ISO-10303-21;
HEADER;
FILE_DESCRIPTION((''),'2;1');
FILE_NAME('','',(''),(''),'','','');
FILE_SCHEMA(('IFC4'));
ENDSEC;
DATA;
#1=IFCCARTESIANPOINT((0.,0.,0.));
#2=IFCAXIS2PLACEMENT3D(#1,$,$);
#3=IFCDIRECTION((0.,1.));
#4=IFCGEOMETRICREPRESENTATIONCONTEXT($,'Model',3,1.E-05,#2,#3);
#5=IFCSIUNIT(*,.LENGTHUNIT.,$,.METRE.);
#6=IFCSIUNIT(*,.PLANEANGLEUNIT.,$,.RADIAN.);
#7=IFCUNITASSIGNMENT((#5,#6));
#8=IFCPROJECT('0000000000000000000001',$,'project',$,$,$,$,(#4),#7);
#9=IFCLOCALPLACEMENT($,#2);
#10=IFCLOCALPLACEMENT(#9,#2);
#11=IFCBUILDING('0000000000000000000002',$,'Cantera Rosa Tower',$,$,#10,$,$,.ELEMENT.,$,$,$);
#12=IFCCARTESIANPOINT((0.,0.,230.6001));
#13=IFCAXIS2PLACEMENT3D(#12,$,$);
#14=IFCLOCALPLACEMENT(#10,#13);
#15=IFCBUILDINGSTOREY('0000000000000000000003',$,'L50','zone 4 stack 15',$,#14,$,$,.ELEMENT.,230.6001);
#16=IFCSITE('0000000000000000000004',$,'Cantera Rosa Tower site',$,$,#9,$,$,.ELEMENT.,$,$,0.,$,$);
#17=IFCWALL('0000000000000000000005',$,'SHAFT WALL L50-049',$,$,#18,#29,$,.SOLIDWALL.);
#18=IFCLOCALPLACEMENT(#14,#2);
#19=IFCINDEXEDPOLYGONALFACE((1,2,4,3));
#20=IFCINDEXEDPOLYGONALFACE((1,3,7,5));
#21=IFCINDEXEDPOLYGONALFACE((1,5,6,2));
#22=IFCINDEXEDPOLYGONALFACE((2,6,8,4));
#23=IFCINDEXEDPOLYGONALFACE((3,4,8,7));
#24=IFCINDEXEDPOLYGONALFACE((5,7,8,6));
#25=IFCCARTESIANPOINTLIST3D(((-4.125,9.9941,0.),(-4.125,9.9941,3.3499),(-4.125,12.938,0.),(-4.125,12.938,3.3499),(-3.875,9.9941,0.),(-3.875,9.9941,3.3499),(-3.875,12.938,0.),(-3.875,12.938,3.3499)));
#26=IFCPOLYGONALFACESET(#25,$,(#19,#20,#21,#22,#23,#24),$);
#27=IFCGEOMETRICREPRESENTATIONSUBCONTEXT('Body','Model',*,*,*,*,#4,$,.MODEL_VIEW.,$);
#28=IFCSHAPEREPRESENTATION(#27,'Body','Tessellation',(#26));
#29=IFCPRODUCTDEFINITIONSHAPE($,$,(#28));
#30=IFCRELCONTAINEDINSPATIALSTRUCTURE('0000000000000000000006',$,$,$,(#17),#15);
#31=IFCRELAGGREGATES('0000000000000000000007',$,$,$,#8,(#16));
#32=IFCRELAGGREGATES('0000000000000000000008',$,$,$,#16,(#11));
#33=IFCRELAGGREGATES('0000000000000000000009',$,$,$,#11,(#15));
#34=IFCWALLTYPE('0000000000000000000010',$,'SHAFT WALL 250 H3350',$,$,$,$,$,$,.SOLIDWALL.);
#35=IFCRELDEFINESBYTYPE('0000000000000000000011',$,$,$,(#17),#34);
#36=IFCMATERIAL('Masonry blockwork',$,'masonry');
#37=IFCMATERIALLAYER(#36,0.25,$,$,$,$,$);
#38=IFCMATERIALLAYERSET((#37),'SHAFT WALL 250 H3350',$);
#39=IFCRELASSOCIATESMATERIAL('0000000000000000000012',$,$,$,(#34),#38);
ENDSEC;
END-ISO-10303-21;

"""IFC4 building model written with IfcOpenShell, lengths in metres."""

from ifc_helpers import new_model, si_unit, direction, frame, frame_2d, origin, place, context, subcontext, project, spatial, rectangle, extrude, material, layer, layer_set, type_object, element, save


model = new_model("IFC4")

# Units and contexts
model_context = context("Model", 3, precision=1e-05, world=origin(), true_north=direction((0.0, 1.0)))
body_context = subcontext(model_context, "Body", "Model", "MODEL_VIEW")
ifc_project = project(units=[si_unit("LENGTHUNIT", "METRE"), si_unit("PLANEANGLEUNIT", "RADIAN")], contexts=[model_context])

# Site, building, storey
site_placement = place(None, origin())
site = spatial("IfcSite", under=ifc_project, at=site_placement, Name="Cantera Rosa Tower site", CompositionType="ELEMENT", RefElevation=0.0)
building_placement = place(site_placement, origin())
building = spatial("IfcBuilding", under=site, at=building_placement, Name="Cantera Rosa Tower", CompositionType="ELEMENT")
storey_placement = place(building_placement, frame((0.0, 0.0, 230.6001)))
storey = spatial("IfcBuildingStorey", under=building, at=storey_placement, Name="L50", Description="zone 4 stack 15", CompositionType="ELEMENT", Elevation=230.6001)

# Shared definitions
ifc_material_1 = material(Name="Masonry blockwork", Category="masonry")
ifc_layer_1 = layer(ifc_material_1, 0.25)
ifc_layer_set_1 = layer_set([ifc_layer_1], Name="SHAFT WALL 250 H3350")
wall_type_1 = type_object("IfcWallType", Name="SHAFT WALL 250 H3350", PredefinedType="SOLIDWALL", material=ifc_layer_set_1)

# Wall
wall_1_placement = place(storey_placement, frame((-4.0, 12.938, 0.0), z_axis=(0.0, 0.0, 1.0), x_axis=(0.0, -1.0, 0.0)))
element("IfcWall", 1, at=wall_1_placement, inside=storey, type_object=wall_type_1, Name="SHAFT WALL L50-049", PredefinedType="SOLIDWALL", context=body_context, shape_type="SweptSolid", body=[
    extrude(rectangle(XDim=2.9438, YDim=0.25, at=frame_2d((1.4719, 0.0))), origin(), (0.0, 0.0, 1.0), 3.3499),
])

save(model, "model.ifc")
